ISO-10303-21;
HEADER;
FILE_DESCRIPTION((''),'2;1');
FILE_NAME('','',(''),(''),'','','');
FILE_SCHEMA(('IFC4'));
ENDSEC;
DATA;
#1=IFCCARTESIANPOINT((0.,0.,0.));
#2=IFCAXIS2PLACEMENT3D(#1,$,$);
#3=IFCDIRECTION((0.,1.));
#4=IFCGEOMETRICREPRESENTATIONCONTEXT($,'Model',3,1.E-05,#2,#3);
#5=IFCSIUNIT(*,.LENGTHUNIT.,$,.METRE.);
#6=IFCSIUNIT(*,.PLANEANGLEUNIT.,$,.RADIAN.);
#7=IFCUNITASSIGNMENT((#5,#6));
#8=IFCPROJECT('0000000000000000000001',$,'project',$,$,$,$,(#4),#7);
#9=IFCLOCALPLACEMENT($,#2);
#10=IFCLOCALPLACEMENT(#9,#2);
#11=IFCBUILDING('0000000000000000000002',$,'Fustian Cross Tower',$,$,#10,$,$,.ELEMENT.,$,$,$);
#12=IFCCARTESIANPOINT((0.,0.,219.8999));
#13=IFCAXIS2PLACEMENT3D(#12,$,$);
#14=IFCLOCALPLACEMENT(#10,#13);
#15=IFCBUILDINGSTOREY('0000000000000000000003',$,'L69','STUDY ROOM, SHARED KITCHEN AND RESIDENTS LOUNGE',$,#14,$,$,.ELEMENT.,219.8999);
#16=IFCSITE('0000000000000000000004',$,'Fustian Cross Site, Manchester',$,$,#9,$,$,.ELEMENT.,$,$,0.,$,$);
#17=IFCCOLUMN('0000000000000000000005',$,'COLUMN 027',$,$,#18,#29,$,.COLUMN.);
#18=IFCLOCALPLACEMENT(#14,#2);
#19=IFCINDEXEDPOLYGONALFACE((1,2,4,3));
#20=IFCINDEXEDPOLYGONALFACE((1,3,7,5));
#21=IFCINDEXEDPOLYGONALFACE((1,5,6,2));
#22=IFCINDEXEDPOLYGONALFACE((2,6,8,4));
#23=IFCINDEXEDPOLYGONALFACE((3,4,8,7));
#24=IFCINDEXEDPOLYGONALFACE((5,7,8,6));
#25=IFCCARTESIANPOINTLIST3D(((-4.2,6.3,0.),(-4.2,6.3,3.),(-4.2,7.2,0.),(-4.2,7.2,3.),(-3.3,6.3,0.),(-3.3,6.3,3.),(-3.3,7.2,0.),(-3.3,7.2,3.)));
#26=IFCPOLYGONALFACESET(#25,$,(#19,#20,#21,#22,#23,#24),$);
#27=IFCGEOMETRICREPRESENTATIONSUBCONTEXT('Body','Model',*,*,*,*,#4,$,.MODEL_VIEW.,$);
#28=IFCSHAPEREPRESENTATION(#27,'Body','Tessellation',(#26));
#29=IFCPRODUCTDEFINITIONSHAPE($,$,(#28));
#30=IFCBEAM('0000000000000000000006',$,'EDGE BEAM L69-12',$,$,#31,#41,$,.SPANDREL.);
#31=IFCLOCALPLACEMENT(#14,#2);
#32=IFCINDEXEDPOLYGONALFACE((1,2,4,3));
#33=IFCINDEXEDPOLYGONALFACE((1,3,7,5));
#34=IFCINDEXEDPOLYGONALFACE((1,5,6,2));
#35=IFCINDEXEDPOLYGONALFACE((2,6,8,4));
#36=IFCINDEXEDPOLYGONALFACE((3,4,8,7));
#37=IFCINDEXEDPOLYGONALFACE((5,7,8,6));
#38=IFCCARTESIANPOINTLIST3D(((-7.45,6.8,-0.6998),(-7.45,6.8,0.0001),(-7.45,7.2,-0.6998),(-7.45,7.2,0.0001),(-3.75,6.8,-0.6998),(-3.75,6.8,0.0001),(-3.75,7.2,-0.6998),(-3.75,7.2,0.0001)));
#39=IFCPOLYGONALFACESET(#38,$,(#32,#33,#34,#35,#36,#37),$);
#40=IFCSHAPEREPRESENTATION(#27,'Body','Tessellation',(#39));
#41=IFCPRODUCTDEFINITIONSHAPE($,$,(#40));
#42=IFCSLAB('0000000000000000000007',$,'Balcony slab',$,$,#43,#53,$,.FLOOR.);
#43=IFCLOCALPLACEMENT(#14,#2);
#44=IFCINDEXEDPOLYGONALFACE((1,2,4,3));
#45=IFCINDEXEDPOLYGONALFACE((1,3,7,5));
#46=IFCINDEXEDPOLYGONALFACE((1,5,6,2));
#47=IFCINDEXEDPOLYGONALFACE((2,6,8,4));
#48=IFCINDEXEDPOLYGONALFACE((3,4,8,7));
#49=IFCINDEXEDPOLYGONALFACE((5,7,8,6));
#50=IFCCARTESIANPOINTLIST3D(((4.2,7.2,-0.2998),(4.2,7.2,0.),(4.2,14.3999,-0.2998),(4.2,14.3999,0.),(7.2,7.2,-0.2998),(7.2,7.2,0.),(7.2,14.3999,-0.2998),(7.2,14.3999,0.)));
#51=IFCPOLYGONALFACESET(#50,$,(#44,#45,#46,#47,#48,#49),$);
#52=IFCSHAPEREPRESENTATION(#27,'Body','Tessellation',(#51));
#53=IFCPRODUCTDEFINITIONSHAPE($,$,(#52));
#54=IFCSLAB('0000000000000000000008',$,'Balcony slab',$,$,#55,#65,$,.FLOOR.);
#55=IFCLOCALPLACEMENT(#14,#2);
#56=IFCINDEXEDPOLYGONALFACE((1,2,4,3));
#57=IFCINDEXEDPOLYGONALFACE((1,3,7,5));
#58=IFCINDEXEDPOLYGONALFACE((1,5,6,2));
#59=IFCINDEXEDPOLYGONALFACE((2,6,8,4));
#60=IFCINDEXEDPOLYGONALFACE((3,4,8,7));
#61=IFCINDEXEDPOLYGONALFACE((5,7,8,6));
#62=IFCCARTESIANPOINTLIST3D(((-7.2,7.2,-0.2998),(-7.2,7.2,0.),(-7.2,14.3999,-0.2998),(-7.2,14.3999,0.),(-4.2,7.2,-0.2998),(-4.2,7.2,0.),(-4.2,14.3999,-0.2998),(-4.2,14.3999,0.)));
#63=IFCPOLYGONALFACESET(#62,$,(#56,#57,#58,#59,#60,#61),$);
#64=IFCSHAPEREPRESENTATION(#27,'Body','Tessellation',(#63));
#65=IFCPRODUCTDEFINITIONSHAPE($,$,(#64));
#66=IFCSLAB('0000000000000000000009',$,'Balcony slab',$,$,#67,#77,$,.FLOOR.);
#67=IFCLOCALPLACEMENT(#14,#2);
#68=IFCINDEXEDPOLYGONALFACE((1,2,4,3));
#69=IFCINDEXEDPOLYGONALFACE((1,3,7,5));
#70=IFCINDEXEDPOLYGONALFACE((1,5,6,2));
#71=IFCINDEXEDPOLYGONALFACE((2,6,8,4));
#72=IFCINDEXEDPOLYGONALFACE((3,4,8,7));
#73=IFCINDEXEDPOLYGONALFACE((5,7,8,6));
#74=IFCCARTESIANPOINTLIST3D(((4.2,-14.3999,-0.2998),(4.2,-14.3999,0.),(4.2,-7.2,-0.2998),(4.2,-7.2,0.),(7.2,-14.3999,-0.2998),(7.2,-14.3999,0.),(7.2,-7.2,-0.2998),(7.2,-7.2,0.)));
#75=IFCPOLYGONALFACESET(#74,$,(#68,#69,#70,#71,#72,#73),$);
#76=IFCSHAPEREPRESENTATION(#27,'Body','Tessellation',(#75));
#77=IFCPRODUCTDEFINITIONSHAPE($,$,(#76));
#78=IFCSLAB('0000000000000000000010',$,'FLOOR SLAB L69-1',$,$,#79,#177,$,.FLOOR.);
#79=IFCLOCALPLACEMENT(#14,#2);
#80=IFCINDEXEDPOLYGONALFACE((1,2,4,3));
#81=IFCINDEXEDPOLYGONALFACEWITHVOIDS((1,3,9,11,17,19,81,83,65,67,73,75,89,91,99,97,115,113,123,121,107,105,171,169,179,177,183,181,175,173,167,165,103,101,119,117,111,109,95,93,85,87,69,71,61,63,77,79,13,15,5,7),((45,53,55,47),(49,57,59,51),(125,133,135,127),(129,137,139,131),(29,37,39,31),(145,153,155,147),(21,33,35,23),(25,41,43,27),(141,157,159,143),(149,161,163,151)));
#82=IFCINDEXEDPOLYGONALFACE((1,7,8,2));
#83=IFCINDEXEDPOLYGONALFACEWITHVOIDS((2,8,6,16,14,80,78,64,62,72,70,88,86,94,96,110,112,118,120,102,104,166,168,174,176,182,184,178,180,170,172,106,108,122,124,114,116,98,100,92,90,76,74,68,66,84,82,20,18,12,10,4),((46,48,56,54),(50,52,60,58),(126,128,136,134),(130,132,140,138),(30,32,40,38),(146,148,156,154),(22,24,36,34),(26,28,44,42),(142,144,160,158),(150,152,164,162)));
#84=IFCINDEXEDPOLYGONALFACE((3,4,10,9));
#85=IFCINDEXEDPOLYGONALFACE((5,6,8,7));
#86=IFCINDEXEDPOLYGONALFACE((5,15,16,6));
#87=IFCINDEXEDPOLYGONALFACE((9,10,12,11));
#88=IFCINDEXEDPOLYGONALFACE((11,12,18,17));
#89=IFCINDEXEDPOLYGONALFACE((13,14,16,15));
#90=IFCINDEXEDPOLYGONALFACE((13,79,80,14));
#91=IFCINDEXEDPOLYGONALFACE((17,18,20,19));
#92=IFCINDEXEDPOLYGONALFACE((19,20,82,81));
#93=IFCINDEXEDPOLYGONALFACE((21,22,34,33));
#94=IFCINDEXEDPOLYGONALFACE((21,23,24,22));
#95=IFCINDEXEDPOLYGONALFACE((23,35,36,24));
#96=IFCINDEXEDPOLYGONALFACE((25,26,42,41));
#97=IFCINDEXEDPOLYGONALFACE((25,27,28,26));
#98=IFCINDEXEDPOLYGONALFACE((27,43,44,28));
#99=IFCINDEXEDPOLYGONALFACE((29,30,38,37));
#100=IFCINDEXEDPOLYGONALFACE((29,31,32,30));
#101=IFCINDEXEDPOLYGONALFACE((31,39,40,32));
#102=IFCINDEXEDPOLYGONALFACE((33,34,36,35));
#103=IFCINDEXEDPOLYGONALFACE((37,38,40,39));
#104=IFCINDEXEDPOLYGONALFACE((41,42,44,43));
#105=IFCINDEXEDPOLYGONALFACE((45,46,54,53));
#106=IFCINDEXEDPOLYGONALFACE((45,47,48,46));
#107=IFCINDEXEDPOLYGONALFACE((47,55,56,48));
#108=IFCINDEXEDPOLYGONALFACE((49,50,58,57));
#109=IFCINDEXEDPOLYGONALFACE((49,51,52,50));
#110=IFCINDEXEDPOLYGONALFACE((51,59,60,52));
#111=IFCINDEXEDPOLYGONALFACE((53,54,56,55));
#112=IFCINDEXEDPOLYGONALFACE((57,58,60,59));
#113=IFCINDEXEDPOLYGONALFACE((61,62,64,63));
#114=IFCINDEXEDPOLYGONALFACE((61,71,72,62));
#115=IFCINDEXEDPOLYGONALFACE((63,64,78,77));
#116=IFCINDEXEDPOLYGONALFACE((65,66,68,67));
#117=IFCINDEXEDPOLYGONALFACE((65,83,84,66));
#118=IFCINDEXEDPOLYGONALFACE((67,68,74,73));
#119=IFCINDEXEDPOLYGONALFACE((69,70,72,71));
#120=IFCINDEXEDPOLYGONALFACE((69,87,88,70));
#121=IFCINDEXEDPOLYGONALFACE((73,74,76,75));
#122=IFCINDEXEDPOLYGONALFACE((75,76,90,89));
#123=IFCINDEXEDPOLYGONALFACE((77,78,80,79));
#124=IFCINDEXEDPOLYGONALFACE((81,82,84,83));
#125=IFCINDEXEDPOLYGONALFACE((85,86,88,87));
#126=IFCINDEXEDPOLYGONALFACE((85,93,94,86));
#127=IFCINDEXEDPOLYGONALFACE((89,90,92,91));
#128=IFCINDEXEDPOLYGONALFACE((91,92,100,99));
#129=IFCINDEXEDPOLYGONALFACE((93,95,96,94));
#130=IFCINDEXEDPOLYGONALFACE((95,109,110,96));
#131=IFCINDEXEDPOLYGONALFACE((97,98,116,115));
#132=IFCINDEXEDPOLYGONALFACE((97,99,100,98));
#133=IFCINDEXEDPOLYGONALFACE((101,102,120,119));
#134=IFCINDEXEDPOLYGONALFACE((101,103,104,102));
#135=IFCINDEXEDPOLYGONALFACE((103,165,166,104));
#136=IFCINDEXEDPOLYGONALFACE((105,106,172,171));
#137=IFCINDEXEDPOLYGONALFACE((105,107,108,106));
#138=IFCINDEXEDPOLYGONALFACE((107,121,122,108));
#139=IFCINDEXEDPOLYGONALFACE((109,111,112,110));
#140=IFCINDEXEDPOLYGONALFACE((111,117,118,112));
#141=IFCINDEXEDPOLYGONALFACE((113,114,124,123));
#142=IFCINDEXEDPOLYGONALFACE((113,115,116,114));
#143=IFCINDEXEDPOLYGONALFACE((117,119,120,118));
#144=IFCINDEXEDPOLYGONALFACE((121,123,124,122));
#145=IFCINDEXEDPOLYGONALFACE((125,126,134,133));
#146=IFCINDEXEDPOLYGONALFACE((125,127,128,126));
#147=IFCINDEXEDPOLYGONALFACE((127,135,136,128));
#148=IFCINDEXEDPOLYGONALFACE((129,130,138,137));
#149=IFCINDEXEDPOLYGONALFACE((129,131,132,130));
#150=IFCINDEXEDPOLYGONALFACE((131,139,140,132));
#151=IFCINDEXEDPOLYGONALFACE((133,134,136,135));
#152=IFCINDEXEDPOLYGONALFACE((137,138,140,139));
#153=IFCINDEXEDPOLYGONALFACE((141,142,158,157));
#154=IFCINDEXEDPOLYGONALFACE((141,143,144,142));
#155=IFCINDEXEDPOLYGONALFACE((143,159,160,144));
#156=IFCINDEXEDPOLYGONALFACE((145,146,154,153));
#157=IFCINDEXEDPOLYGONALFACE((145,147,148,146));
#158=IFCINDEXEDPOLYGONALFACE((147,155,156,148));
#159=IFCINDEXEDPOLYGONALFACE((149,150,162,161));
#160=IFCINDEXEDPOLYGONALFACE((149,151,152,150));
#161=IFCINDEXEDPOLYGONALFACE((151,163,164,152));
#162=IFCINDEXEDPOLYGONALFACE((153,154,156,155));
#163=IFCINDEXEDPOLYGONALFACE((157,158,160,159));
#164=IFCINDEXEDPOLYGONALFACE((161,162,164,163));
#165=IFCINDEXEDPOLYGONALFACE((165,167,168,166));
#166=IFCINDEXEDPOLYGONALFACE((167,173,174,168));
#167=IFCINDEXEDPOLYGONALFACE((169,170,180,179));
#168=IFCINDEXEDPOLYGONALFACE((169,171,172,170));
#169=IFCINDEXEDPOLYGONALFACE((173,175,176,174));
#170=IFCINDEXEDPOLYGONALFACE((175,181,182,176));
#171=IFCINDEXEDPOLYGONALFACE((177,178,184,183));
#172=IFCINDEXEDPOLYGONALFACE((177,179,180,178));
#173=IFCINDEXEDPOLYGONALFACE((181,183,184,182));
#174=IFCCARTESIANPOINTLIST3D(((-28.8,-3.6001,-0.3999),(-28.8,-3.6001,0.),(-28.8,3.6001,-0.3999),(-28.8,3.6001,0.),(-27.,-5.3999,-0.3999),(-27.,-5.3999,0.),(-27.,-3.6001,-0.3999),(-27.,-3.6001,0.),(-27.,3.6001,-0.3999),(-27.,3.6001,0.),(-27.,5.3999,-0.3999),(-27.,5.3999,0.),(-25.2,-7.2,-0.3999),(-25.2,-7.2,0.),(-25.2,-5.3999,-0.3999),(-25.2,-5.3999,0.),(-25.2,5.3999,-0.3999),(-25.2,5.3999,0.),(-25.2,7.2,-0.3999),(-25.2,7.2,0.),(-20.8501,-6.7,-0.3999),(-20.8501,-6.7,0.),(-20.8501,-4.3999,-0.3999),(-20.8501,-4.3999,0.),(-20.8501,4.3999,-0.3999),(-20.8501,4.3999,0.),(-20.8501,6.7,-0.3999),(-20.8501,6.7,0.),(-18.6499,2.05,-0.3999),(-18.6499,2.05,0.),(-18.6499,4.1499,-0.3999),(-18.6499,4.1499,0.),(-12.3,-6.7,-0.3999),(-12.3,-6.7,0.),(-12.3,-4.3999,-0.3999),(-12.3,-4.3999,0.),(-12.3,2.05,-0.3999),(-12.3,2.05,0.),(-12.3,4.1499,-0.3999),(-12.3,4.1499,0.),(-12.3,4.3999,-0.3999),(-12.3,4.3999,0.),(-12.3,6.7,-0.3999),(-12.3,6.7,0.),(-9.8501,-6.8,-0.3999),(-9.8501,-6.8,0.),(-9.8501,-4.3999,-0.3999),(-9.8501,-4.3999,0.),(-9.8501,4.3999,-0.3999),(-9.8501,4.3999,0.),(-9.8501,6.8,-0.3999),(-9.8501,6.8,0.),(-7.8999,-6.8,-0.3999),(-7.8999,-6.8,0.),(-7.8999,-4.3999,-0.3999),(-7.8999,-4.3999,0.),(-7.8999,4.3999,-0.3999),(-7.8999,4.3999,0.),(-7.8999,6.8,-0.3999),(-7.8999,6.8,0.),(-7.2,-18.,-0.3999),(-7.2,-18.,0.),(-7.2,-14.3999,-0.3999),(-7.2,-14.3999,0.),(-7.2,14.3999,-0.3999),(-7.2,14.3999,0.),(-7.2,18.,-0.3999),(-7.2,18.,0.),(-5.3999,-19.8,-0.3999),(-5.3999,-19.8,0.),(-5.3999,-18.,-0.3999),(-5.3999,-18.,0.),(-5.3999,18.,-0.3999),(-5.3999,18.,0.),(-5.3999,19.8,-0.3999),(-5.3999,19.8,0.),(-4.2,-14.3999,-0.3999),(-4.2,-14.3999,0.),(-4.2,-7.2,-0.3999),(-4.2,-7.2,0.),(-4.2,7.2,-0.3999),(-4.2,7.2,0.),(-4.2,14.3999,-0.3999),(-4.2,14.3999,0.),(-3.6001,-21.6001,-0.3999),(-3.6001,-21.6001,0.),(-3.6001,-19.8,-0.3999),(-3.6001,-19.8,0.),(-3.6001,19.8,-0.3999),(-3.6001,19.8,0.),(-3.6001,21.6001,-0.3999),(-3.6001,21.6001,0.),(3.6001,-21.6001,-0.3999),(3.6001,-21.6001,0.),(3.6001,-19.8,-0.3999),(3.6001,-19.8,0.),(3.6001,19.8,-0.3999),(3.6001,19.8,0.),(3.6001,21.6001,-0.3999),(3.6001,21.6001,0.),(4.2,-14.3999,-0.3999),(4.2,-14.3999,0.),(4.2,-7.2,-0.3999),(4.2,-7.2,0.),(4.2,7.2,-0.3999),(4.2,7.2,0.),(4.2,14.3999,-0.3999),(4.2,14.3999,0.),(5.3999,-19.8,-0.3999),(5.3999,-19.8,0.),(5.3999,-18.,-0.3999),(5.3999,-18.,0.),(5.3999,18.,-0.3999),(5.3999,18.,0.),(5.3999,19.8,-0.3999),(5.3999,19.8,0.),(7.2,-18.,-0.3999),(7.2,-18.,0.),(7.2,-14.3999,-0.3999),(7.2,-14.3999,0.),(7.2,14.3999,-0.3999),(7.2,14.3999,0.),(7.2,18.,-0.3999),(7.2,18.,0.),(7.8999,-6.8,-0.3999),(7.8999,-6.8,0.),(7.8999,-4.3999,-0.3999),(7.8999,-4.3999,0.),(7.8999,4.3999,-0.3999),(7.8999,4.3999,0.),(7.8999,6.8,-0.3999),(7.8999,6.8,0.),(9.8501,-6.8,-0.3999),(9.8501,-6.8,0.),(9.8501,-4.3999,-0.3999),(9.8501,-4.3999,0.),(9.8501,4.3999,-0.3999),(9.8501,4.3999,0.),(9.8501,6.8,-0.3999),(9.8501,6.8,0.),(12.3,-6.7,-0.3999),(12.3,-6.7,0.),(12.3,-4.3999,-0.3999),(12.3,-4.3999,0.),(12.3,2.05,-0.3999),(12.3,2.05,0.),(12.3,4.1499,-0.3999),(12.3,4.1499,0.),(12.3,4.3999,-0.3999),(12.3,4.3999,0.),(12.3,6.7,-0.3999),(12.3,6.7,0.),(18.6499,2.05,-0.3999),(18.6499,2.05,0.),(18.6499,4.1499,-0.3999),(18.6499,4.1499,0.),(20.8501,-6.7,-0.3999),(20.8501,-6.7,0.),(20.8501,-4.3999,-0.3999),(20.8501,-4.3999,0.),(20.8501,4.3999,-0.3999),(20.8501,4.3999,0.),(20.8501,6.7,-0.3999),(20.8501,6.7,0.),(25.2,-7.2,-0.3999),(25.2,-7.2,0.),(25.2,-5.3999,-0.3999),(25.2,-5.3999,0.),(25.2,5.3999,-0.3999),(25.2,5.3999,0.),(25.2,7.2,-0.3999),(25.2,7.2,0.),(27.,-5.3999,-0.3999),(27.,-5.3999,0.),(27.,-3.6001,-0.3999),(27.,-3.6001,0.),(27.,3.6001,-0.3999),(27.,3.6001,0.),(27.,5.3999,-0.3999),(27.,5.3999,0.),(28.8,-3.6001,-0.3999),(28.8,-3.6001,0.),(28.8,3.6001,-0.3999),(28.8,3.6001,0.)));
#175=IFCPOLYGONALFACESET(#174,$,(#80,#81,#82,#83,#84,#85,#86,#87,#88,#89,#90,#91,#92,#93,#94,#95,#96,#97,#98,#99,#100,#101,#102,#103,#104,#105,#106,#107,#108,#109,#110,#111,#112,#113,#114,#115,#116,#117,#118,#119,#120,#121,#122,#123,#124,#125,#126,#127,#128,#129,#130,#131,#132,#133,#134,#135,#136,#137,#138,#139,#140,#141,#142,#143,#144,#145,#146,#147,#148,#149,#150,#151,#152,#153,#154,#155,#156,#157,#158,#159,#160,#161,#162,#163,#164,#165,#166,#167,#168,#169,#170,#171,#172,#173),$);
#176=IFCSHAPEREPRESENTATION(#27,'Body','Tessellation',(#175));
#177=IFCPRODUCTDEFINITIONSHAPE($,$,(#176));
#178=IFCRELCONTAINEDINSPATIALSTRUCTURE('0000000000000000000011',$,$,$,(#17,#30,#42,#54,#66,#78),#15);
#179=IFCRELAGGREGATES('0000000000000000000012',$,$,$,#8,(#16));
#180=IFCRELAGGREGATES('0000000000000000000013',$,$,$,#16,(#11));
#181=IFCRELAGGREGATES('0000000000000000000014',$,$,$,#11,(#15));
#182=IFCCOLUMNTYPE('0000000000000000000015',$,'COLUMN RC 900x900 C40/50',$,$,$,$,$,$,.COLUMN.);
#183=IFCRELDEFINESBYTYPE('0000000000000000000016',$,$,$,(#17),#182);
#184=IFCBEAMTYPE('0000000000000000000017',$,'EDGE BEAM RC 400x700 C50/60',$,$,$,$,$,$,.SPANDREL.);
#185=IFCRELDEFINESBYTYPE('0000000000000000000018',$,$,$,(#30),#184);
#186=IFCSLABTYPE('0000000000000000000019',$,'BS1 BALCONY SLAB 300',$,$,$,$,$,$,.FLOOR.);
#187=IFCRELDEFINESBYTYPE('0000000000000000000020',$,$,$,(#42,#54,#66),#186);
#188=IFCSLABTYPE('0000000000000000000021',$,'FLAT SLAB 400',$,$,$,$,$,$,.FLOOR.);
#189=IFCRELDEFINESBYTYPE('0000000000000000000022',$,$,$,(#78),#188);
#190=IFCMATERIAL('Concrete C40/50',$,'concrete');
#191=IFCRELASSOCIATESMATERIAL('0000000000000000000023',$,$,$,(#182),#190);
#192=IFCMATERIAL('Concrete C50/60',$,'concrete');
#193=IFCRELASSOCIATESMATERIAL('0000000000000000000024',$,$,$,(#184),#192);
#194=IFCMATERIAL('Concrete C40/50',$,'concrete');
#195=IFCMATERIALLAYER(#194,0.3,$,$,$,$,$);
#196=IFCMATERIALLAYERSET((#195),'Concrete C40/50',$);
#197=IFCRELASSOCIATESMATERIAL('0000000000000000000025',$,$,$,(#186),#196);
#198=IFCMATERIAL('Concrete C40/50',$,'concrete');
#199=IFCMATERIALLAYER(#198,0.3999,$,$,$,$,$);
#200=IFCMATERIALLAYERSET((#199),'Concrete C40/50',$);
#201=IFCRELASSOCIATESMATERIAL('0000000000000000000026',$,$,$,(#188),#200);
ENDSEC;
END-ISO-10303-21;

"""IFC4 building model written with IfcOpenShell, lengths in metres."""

from ifc_helpers import new_model, si_unit, direction, frame, origin, origin_2d, place, context, subcontext, project, spatial, polyline, rectangle, outline, extrude, material, layer, layer_set, material_profile, profile_set, type_object, element, save


model = new_model("IFC4")

# Units and contexts
model_context = context("Model", 3, precision=1e-05, world=origin(), true_north=direction((0.0, 1.0)))
body_context = subcontext(model_context, "Body", "Model", "MODEL_VIEW")
ifc_project = project(units=[si_unit("LENGTHUNIT", "METRE"), si_unit("PLANEANGLEUNIT", "RADIAN")], contexts=[model_context])

# Site, building, storey
site_placement = place(None, origin())
site = spatial("IfcSite", under=ifc_project, at=site_placement, Name="Fustian Cross Site, Manchester", CompositionType="ELEMENT", RefElevation=0.0)
building_placement = place(site_placement, origin())
building = spatial("IfcBuilding", under=site, at=building_placement, Name="Fustian Cross Tower", CompositionType="ELEMENT")
storey_placement = place(building_placement, frame((0.0, 0.0, 219.8999)))
storey = spatial("IfcBuildingStorey", under=building, at=storey_placement, Name="L69", Description="STUDY ROOM, SHARED KITCHEN AND RESIDENTS LOUNGE", CompositionType="ELEMENT", Elevation=219.8999)

# Column
ifc_material_1 = material(Name="Concrete C40/50", Category="concrete")
ifc_material_profile_1 = material_profile(ifc_material_1, rectangle(XDim=0.8999, YDim=0.8999, at=origin_2d()), Name="RC 900x900")
ifc_profile_set_1 = profile_set([ifc_material_profile_1], Name="Concrete C40/50")
column_type = type_object("IfcColumnType", Name="COLUMN RC 900x900 C40/50", PredefinedType="COLUMN", material=ifc_profile_set_1)
column_placement = place(storey_placement, frame((-3.75, 6.75, 0.0), z_axis=(0.0, 0.0, 1.0), x_axis=(1.0, 0.0, 0.0)))
element("IfcColumn", 1, at=column_placement, inside=storey, type_object=column_type, Name="COLUMN 027", PredefinedType="COLUMN", context=body_context, shape_type="SweptSolid", body=[
    extrude(rectangle(XDim=0.8999, YDim=0.8999, at=origin_2d()), origin(), (0.0, 0.0, 1.0), 3.0),
])

# Beam
ifc_material_2 = material(Name="Concrete C50/60", Category="concrete")
ifc_material_profile_2 = material_profile(ifc_material_2, rectangle(XDim=0.3999, YDim=0.7, at=origin_2d()), Name="RC 400x700")
ifc_profile_set_2 = profile_set([ifc_material_profile_2], Name="Concrete C50/60")
beam_type = type_object("IfcBeamType", Name="EDGE BEAM RC 400x700 C50/60", PredefinedType="SPANDREL", material=ifc_profile_set_2)
beam_placement = place(storey_placement, frame((-3.75, 7.0, -0.3499), z_axis=(-1.0, 0.0, 0.0), x_axis=(0.0, -1.0, 0.0)))
element("IfcBeam", 2, at=beam_placement, inside=storey, type_object=beam_type, Name="EDGE BEAM L69-12", PredefinedType="SPANDREL", context=body_context, shape_type="SweptSolid", body=[
    extrude(rectangle(XDim=0.3999, YDim=0.7, at=origin_2d()), origin(), (0.0, 0.0, 1.0), 3.7),
])

# Slabs
ifc_material_3 = material(Name="Concrete C40/50", Category="concrete")
ifc_layer_1 = layer(ifc_material_3, 0.3)
ifc_layer_set_1 = layer_set([ifc_layer_1], Name="Concrete C40/50")
slab_type_1 = type_object("IfcSlabType", Name="BS1 BALCONY SLAB 300", PredefinedType="FLOOR", material=ifc_layer_set_1)
slab_1_placement = place(storey_placement, frame((0.0, 0.0, -0.2998)))
element("IfcSlab", 3, at=slab_1_placement, inside=storey, type_object=slab_type_1, Name="Balcony slab", PredefinedType="FLOOR", context=body_context, shape_type="SweptSolid", body=[
    extrude(outline(polyline([(4.2, 7.2), (7.2, 7.2), (7.2, 14.3999), (4.2, 14.3999), (4.2, 7.2)])), origin(), (0.0, 0.0, 1.0), 0.2998),
])
slab_2_placement = place(storey_placement, frame((0.0, 0.0, -0.2998)))
element("IfcSlab", 4, at=slab_2_placement, inside=storey, type_object=slab_type_1, Name="Balcony slab", PredefinedType="FLOOR", context=body_context, shape_type="SweptSolid", body=[
    extrude(outline(polyline([(-7.2, 7.2), (-4.2, 7.2), (-4.2, 14.3999), (-7.2, 14.3999), (-7.2, 7.2)])), origin(), (0.0, 0.0, 1.0), 0.2998),
])
slab_3_placement = place(storey_placement, frame((0.0, 0.0, -0.2998)))
element("IfcSlab", 5, at=slab_3_placement, inside=storey, type_object=slab_type_1, Name="Balcony slab", PredefinedType="FLOOR", context=body_context, shape_type="SweptSolid", body=[
    extrude(outline(polyline([(4.2, -14.3999), (7.2, -14.3999), (7.2, -7.2), (4.2, -7.2), (4.2, -14.3999)])), origin(), (0.0, 0.0, 1.0), 0.2998),
])
ifc_material_4 = material(Name="Concrete C40/50", Category="concrete")
ifc_layer_2 = layer(ifc_material_4, 0.3999)
ifc_layer_set_2 = layer_set([ifc_layer_2], Name="Concrete C40/50")
slab_type_2 = type_object("IfcSlabType", Name="FLAT SLAB 400", PredefinedType="FLOOR", material=ifc_layer_set_2)
slab_4_placement = place(storey_placement, frame((0.0, 0.0, -0.3999)))
element("IfcSlab", 6, at=slab_4_placement, inside=storey, type_object=slab_type_2, Name="FLOOR SLAB L69-1", PredefinedType="FLOOR", context=body_context, shape_type="SweptSolid", body=[
    extrude(outline(polyline([(-3.6001, -19.8), (-5.3999, -19.8), (-5.3999, -18.0), (-7.2, -18.0), (-7.2, -14.3999), (-4.2, -14.3999), (-4.2, -7.2), (-25.2, -7.2), (-25.2, -5.3999), (-27.0, -5.3999), (-27.0, -3.6001), (-28.8, -3.6001), (-28.8, 3.6001), (-27.0, 3.6001), (-27.0, 5.3999), (-25.2, 5.3999), (-25.2, 7.2), (-4.2, 7.2), (-4.2, 14.3999), (-7.2, 14.3999), (-7.2, 18.0), (-5.3999, 18.0), (-5.3999, 19.8), (-3.6001, 19.8), (-3.6001, 21.6001), (3.6001, 21.6001), (3.6001, 19.8), (5.3999, 19.8), (5.3999, 18.0), (7.2, 18.0), (7.2, 14.3999), (4.2, 14.3999), (4.2, 7.2), (25.2, 7.2), (25.2, 5.3999), (27.0, 5.3999), (27.0, 3.6001), (28.8, 3.6001), (28.8, -3.6001), (27.0, -3.6001), (27.0, -5.3999), (25.2, -5.3999), (25.2, -7.2), (4.2, -7.2), (4.2, -14.3999), (7.2, -14.3999), (7.2, -18.0), (5.3999, -18.0), (5.3999, -19.8), (3.6001, -19.8), (3.6001, -21.6001), (-3.6001, -21.6001), (-3.6001, -19.8)]), holes=[polyline([(7.8999, 6.8), (7.8999, 4.3999), (9.8501, 4.3999), (9.8501, 6.8), (7.8999, 6.8)]), polyline([(9.8501, -4.3999), (7.8999, -4.3999), (7.8999, -6.8), (9.8501, -6.8), (9.8501, -4.3999)]), polyline([(-7.8999, 4.3999), (-7.8999, 6.8), (-9.8501, 6.8), (-9.8501, 4.3999), (-7.8999, 4.3999)]), polyline([(-9.8501, -6.8), (-7.8999, -6.8), (-7.8999, -4.3999), (-9.8501, -4.3999), (-9.8501, -6.8)]), polyline([(12.3, 4.1499), (12.3, 2.05), (18.6499, 2.05), (18.6499, 4.1499), (12.3, 4.1499)]), polyline([(-12.3, 4.1499), (-18.6499, 4.1499), (-18.6499, 2.05), (-12.3, 2.05), (-12.3, 4.1499)]), polyline([(20.8501, 4.3999), (20.8501, 6.7), (12.3, 6.7), (12.3, 4.3999), (20.8501, 4.3999)]), polyline([(12.3, -6.7), (20.8501, -6.7), (20.8501, -4.3999), (12.3, -4.3999), (12.3, -6.7)]), polyline([(-20.8501, 6.7), (-20.8501, 4.3999), (-12.3, 4.3999), (-12.3, 6.7), (-20.8501, 6.7)]), polyline([(-12.3, -4.3999), (-20.8501, -4.3999), (-20.8501, -6.7), (-12.3, -6.7), (-12.3, -4.3999)])]), origin(), (0.0, 0.0, 1.0), 0.3999),
])

save(model, "model.ifc")
